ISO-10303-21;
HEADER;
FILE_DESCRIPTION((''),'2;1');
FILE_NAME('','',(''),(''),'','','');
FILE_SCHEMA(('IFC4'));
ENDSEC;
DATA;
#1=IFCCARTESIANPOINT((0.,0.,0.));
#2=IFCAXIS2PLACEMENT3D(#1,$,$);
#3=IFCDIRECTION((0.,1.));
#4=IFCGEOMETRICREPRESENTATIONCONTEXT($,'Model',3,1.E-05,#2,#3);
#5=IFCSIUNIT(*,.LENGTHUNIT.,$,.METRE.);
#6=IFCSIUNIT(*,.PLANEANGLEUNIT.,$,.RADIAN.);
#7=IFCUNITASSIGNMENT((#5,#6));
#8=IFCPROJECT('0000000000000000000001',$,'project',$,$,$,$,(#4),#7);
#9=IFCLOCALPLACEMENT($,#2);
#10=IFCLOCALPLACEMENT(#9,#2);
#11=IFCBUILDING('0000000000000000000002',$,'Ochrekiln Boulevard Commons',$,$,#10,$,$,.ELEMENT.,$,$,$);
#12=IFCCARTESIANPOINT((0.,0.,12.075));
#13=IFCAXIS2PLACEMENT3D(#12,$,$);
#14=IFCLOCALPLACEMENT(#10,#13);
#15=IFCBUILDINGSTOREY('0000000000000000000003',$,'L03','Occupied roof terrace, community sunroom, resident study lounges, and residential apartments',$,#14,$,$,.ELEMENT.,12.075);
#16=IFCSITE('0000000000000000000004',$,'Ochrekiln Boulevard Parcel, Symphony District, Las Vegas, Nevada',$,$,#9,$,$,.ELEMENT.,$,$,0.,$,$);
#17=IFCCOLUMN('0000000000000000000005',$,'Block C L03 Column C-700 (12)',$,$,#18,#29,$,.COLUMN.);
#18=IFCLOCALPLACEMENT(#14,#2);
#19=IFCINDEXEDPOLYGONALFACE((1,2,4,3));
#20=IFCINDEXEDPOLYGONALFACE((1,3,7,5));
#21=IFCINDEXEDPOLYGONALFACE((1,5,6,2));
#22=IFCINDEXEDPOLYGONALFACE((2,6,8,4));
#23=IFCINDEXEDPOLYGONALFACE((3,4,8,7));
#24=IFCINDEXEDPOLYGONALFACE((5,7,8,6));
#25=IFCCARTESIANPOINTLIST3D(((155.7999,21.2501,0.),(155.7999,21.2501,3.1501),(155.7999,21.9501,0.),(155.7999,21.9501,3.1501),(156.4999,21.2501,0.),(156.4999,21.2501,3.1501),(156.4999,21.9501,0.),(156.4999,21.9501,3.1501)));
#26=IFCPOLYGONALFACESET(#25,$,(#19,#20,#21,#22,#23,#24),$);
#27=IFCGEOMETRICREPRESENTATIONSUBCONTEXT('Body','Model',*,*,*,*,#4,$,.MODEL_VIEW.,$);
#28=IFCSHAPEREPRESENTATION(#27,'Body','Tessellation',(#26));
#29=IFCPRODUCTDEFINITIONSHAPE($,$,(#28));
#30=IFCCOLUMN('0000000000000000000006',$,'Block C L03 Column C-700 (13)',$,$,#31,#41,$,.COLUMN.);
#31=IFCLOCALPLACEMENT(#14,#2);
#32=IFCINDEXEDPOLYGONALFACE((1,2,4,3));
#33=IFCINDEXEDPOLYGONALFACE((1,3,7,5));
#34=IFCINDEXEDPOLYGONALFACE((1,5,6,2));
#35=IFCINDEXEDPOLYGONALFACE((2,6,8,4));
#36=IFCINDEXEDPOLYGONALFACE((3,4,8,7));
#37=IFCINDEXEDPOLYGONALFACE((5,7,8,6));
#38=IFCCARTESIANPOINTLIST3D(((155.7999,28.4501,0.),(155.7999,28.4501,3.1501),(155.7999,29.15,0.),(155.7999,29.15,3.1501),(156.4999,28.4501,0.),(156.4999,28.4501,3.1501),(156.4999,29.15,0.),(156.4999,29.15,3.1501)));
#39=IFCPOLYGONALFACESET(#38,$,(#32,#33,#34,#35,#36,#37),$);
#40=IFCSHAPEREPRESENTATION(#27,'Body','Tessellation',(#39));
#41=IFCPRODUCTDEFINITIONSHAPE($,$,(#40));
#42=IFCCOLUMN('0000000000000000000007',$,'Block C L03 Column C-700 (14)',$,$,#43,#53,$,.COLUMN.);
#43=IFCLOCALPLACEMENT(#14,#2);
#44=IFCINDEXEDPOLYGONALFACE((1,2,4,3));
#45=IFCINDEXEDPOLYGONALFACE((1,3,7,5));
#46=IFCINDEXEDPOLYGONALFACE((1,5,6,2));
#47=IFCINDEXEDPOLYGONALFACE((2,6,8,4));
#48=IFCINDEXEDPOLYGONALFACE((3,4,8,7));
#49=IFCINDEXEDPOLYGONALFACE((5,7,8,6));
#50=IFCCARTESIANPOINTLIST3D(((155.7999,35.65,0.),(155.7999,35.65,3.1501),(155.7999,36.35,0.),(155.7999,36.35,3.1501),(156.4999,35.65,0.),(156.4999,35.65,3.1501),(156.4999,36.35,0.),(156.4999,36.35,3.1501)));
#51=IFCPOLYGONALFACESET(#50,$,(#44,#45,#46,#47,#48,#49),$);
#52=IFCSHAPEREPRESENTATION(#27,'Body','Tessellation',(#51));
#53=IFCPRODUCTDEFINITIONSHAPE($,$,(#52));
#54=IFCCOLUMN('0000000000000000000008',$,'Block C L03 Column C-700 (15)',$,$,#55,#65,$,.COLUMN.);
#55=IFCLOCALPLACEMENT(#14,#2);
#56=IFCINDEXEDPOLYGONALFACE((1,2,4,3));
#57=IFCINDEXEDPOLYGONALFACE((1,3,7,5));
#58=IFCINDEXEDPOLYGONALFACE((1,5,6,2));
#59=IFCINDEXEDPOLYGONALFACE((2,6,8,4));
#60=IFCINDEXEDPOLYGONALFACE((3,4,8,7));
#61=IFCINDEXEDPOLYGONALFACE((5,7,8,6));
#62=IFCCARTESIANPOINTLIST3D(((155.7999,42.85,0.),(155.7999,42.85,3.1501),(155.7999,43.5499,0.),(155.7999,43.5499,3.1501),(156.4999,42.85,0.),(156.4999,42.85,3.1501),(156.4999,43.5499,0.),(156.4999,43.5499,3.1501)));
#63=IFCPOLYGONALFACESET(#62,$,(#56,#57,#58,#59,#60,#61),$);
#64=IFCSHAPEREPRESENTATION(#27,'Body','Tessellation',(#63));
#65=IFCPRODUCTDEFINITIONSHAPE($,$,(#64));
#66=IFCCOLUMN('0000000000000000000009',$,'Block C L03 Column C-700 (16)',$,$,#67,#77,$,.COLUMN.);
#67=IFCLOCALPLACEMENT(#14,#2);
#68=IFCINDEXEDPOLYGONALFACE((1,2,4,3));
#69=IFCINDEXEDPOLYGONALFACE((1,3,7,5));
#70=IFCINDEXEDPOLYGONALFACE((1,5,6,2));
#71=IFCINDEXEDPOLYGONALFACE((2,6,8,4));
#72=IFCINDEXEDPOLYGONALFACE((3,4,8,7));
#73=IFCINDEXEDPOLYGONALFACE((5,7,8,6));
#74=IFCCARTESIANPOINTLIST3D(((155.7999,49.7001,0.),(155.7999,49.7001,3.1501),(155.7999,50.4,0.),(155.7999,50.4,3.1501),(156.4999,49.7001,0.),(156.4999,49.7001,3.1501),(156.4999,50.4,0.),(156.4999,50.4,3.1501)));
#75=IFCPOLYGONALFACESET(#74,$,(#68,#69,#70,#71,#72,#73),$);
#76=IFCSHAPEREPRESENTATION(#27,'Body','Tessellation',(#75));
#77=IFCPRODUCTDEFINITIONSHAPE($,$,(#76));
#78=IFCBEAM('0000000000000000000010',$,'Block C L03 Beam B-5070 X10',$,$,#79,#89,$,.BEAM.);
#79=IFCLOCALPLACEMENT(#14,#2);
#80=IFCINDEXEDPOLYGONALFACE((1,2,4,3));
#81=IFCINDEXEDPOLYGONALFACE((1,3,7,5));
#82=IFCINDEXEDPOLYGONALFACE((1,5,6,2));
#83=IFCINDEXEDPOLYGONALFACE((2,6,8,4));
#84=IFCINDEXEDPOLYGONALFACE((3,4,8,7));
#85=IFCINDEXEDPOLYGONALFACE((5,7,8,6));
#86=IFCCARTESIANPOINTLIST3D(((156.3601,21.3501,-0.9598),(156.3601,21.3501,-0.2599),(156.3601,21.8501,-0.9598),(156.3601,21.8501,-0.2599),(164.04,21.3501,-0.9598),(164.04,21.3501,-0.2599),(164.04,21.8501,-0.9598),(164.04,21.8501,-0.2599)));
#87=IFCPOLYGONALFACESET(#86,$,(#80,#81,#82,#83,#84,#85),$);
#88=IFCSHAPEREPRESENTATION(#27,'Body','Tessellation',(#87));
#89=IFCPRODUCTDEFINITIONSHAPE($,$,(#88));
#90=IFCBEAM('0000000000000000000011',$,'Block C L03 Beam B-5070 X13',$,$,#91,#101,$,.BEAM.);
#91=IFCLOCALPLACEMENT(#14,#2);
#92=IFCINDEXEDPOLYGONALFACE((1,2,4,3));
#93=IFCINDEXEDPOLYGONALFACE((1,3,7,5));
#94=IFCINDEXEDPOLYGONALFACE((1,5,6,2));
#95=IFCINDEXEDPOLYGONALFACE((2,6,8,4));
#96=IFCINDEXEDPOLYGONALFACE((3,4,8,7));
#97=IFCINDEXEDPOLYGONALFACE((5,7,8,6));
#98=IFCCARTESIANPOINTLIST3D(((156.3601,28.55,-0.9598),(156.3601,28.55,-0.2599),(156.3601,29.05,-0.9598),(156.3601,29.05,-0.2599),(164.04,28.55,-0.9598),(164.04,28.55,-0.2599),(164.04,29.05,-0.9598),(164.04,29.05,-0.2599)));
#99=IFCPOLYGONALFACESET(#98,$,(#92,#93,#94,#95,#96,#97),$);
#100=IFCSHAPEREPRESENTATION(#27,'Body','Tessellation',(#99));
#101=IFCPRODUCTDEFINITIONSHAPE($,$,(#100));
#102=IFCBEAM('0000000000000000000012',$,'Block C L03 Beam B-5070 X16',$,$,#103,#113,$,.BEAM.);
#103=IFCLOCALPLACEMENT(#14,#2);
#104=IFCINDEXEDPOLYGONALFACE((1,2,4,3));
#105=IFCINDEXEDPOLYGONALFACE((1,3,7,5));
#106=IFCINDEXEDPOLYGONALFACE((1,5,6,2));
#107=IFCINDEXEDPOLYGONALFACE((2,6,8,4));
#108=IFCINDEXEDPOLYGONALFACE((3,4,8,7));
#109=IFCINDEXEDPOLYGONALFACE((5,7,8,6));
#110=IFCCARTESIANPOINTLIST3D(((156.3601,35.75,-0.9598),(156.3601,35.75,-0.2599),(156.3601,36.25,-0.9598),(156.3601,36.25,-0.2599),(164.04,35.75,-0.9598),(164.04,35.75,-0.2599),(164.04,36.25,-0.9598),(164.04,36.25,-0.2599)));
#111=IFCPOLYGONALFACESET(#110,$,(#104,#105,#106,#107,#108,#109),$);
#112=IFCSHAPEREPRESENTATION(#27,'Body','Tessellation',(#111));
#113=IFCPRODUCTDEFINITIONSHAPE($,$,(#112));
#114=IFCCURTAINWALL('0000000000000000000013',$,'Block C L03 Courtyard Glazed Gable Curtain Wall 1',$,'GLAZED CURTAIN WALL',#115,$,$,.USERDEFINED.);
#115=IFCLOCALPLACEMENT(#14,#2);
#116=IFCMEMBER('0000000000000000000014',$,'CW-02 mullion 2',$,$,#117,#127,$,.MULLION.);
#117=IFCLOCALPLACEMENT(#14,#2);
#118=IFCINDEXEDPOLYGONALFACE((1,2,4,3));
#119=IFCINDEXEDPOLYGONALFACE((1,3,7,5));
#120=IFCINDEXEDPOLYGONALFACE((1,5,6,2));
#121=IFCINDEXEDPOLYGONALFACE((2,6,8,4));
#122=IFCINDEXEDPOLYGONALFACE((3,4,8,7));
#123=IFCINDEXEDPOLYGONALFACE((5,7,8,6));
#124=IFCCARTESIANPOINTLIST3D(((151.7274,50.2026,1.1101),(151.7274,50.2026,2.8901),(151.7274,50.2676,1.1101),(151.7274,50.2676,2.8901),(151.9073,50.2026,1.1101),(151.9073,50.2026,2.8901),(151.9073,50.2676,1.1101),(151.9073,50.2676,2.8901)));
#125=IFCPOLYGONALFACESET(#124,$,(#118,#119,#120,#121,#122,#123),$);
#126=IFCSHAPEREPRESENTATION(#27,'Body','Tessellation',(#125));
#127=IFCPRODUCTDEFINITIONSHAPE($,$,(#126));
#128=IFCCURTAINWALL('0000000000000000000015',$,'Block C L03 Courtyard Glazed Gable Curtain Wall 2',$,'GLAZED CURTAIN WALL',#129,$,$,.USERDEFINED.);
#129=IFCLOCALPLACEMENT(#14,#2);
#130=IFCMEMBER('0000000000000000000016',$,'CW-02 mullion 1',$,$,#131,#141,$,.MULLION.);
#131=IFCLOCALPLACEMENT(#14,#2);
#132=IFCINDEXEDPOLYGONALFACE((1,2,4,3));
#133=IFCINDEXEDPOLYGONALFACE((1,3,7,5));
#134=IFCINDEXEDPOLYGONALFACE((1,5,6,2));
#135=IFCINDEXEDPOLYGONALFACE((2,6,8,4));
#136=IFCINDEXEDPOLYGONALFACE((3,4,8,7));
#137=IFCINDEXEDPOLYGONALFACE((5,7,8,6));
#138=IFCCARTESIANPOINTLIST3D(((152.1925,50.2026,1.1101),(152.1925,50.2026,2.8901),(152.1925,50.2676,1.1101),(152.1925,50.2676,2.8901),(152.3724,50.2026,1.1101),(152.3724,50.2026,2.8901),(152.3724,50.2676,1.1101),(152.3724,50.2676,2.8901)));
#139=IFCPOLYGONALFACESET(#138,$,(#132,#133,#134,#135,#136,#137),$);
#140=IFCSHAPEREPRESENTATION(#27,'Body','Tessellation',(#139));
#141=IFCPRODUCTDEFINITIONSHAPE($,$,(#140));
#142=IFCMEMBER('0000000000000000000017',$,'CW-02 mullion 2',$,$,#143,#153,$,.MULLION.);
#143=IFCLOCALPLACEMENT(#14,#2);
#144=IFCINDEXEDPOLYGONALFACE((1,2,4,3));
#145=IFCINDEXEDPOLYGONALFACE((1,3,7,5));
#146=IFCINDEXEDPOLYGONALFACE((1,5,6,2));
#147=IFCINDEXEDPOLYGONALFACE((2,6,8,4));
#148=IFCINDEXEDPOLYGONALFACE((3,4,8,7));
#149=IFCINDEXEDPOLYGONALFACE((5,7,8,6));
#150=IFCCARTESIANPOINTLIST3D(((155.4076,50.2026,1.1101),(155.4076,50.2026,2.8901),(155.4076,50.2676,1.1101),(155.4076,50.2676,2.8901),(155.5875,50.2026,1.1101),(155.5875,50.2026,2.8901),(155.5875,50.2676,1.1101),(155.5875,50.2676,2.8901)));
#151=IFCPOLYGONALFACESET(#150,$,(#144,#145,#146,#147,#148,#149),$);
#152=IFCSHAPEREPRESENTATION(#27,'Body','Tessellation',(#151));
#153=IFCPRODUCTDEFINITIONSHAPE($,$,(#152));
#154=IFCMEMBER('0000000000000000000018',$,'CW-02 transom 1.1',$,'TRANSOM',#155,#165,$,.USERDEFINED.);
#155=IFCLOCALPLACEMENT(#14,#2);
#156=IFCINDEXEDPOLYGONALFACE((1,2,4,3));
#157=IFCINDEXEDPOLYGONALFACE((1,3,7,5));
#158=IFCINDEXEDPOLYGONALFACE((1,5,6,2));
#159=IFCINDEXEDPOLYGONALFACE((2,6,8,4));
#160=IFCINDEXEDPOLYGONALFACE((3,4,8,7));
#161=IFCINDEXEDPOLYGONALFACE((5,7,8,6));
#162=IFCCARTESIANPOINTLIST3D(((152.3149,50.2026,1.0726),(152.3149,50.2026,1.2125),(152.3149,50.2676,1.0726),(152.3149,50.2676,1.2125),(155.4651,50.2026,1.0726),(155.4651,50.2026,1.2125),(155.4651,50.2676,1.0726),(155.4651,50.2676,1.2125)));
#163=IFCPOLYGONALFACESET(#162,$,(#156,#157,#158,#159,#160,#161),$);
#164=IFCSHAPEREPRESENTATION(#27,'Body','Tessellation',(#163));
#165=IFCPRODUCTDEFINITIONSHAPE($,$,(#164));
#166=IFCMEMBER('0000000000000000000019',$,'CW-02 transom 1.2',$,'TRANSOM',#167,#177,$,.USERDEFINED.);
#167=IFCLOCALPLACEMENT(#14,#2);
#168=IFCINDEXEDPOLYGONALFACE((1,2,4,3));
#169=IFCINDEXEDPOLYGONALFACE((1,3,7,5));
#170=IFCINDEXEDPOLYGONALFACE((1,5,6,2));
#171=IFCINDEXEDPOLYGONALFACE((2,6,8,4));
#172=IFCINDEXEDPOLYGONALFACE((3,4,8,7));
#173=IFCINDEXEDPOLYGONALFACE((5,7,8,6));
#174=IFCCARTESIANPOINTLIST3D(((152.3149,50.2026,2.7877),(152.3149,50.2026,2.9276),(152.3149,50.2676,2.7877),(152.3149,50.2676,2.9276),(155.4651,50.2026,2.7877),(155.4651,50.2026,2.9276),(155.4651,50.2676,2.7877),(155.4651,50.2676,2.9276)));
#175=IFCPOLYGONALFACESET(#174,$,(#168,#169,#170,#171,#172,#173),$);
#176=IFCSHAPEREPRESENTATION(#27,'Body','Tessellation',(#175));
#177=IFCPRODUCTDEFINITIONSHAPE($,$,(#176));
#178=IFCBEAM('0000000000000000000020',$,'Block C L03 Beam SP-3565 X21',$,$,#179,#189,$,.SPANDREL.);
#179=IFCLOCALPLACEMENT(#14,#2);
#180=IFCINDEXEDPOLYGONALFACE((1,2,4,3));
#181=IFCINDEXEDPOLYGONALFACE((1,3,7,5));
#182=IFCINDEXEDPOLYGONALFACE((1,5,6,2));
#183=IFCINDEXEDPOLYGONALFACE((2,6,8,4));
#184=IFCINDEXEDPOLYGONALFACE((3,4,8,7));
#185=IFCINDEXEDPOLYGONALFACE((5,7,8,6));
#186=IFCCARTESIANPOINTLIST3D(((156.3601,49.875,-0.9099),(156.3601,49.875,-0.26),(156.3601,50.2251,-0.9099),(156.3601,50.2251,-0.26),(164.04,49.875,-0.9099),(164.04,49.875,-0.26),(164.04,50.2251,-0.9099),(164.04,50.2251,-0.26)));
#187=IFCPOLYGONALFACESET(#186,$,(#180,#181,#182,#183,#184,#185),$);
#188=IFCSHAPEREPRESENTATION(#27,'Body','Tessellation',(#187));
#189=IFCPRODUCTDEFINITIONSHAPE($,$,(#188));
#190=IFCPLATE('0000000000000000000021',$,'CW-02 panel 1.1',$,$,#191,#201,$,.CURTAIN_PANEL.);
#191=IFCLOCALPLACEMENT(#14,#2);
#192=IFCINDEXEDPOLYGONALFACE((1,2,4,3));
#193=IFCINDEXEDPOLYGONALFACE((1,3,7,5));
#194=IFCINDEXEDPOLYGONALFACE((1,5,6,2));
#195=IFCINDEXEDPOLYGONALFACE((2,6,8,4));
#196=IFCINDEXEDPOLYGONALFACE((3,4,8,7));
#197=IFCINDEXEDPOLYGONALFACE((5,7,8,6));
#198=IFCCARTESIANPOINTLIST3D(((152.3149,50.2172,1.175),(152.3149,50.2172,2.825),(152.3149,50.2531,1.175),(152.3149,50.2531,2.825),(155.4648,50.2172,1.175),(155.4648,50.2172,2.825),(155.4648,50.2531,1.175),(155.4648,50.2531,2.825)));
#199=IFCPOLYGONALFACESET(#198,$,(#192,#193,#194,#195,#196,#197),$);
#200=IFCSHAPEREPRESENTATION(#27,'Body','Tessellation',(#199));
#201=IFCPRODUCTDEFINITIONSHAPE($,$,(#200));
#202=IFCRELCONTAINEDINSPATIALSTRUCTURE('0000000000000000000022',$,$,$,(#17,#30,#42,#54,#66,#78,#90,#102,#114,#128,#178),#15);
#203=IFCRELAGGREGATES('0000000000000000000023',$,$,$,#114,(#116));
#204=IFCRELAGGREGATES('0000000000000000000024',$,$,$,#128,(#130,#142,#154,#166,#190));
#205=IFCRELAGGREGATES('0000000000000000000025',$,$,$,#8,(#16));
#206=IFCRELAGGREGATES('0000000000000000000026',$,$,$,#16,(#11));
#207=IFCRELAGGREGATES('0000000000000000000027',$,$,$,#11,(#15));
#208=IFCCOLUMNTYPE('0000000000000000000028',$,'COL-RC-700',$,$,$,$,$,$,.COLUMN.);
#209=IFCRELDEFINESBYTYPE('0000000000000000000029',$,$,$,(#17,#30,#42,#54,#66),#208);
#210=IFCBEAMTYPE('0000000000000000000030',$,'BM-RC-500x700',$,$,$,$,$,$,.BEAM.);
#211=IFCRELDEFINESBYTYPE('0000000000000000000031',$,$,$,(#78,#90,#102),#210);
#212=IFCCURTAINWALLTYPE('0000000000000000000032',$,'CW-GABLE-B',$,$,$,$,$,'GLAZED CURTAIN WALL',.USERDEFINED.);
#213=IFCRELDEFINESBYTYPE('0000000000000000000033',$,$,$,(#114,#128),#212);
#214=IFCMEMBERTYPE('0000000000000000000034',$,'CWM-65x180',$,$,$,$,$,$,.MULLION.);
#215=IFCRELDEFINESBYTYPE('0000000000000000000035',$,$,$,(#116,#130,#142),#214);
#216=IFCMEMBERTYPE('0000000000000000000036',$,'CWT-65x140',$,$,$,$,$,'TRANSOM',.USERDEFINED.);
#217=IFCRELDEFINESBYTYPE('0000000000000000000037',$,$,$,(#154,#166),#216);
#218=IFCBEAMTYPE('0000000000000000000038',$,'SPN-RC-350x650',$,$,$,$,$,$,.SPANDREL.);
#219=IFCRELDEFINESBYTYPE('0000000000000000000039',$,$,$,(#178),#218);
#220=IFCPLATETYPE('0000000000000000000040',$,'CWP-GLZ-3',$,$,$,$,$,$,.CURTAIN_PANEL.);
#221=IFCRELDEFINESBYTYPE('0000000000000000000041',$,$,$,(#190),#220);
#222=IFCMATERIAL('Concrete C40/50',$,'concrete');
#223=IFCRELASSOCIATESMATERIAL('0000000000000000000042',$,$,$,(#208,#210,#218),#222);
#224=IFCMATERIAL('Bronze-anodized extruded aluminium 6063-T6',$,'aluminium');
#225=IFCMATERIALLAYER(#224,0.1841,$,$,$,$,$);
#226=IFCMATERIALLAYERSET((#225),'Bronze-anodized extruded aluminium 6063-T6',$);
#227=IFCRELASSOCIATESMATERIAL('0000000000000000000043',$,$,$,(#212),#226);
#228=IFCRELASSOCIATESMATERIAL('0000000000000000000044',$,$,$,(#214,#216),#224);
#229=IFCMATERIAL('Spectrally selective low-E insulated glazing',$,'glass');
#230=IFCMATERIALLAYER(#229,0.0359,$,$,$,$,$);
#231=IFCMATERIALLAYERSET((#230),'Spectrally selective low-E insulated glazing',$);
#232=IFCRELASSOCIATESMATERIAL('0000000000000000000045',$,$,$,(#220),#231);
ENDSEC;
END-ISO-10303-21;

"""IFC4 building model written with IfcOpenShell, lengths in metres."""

from ifc_helpers import new_model, si_unit, direction, frame, origin, origin_2d, place, context, subcontext, project, spatial, rectangle, extrude, material, layer, layer_set, material_profile, profile_set, type_object, element, aggregate, save


model = new_model("IFC4")

# Units and contexts
model_context = context("Model", 3, precision=1e-05, world=origin(), true_north=direction((0.0, 1.0)))
body_context = subcontext(model_context, "Body", "Model", "MODEL_VIEW")
ifc_project = project(units=[si_unit("LENGTHUNIT", "METRE"), si_unit("PLANEANGLEUNIT", "RADIAN")], contexts=[model_context])

# Site, building, storey
site_placement = place(None, origin())
site = spatial("IfcSite", under=ifc_project, at=site_placement, Name="Ochrekiln Boulevard Parcel, Symphony District, Las Vegas, Nevada", CompositionType="ELEMENT", RefElevation=0.0)
building_placement = place(site_placement, origin())
building = spatial("IfcBuilding", under=site, at=building_placement, Name="Ochrekiln Boulevard Commons", CompositionType="ELEMENT")
storey_placement = place(building_placement, frame((0.0, 0.0, 12.075)))
storey = spatial("IfcBuildingStorey", under=building, at=storey_placement, Name="L03", Description="Occupied roof terrace, community sunroom, resident study lounges, and residential apartments", CompositionType="ELEMENT", Elevation=12.075)

# Columns
ifc_material_1 = material(Name="Concrete C40/50", Category="concrete")
ifc_material_profile_1 = material_profile(ifc_material_1, rectangle(XDim=0.7, YDim=0.7, at=origin_2d()), Name="RC-COL-700x700")
ifc_profile_set_1 = profile_set([ifc_material_profile_1], Name="Concrete C40/50")
column_type = type_object("IfcColumnType", Name="COL-RC-700", PredefinedType="COLUMN", material=ifc_profile_set_1)
for number, where, z_axis, x_axis, name in (
    (1, (156.1499, 21.6001, 0.0), (0.0, 0.0, 1.0), (1.0, 0.0, 0.0), "Block C L03 Column C-700 (12)"),
    (2, (156.1499, 28.8, 0.0), (0.0, 0.0, 1.0), (1.0, 0.0, 0.0), "Block C L03 Column C-700 (13)"),
    (3, (156.1499, 36.0, 0.0), (0.0, 0.0, 1.0), (1.0, 0.0, 0.0), "Block C L03 Column C-700 (14)"),
    (4, (156.1499, 43.2, 0.0), (0.0, 0.0, 1.0), (1.0, 0.0, 0.0), "Block C L03 Column C-700 (15)"),
    (5, (156.1499, 50.05, 0.0), (0.0, 0.0, 1.0), (1.0, 0.0, 0.0), "Block C L03 Column C-700 (16)"),
):
    element("IfcColumn", number, at=place(storey_placement, frame(where, z_axis=z_axis, x_axis=x_axis)), inside=storey, type_object=column_type, Name=name, PredefinedType="COLUMN", context=body_context, shape_type="SweptSolid", body=[
        extrude(rectangle(XDim=0.7, YDim=0.7, at=origin_2d()), origin(), (0.0, 0.0, 1.0), 3.1501),
    ])

# Beams
ifc_material_profile_2 = material_profile(ifc_material_1, rectangle(XDim=0.5, YDim=0.7, at=origin_2d()), Name="RC-BM-500x700")
ifc_profile_set_2 = profile_set([ifc_material_profile_2], Name="Concrete C40/50")
beam_type_1 = type_object("IfcBeamType", Name="BM-RC-500x700", PredefinedType="BEAM", material=ifc_profile_set_2)
for number, where, z_axis, x_axis, name in (
    (6, (156.3601, 21.6001, -0.6099), (1.0, 0.0, 0.0), (0.0, 1.0, 0.0), "Block C L03 Beam B-5070 X10"),
    (7, (156.3601, 28.8, -0.6099), (1.0, 0.0, 0.0), (0.0, 1.0, 0.0), "Block C L03 Beam B-5070 X13"),
    (8, (156.3601, 36.0, -0.6099), (1.0, 0.0, 0.0), (0.0, 1.0, 0.0), "Block C L03 Beam B-5070 X16"),
):
    element("IfcBeam", number, at=place(storey_placement, frame(where, z_axis=z_axis, x_axis=x_axis)), inside=storey, type_object=beam_type_1, Name=name, PredefinedType="BEAM", context=body_context, shape_type="SweptSolid", body=[
        extrude(rectangle(XDim=0.5, YDim=0.7, at=origin_2d()), origin(), (0.0, 0.0, 1.0), 7.6799),
    ])

# Curtain wall, member
ifc_material_2 = material(Name="Bronze-anodized extruded aluminium 6063-T6", Category="aluminium")
ifc_layer_1 = layer(ifc_material_2, 0.1841)
ifc_layer_set_1 = layer_set([ifc_layer_1], Name="Bronze-anodized extruded aluminium 6063-T6")
curtain_wall_type = type_object("IfcCurtainWallType", Name="CW-GABLE-B", ElementType="GLAZED CURTAIN WALL", PredefinedType="USERDEFINED", material=ifc_layer_set_1)
curtain_wall_1_placement = place(storey_placement, origin())
curtain_wall_1 = element("IfcCurtainWall", 9, at=curtain_wall_1_placement, inside=storey, type_object=curtain_wall_type, Name="Block C L03 Courtyard Glazed Gable Curtain Wall 1", ObjectType="GLAZED CURTAIN WALL", PredefinedType="USERDEFINED")
ifc_material_profile_3 = material_profile(ifc_material_2, rectangle(XDim=0.0649, YDim=0.1799, at=origin_2d()), Name="ALU-MUL-65x180")
ifc_profile_set_3 = profile_set([ifc_material_profile_3], Name="Bronze-anodized extruded aluminium 6063-T6")
member_type_1 = type_object("IfcMemberType", Name="CWM-65x180", PredefinedType="MULLION", material=ifc_profile_set_3)
member_1_placement = place(storey_placement, frame((151.8174, 50.2351, 1.1101), z_axis=(0.0, 0.0, 1.0), x_axis=(0.0, 1.0, 0.0)))
member_1 = element("IfcMember", 10, at=member_1_placement, type_object=member_type_1, Name="CW-02 mullion 2", PredefinedType="MULLION", context=body_context, shape_type="SweptSolid", body=[
    extrude(rectangle(XDim=0.0649, YDim=0.1799, at=origin_2d()), origin(), (0.0, 0.0, 1.0), 1.78),
])
aggregate(curtain_wall_1, [member_1])

# Curtain wall, members
curtain_wall_2_placement = place(storey_placement, origin())
curtain_wall_2 = element("IfcCurtainWall", 11, at=curtain_wall_2_placement, inside=storey, type_object=curtain_wall_type, Name="Block C L03 Courtyard Glazed Gable Curtain Wall 2", ObjectType="GLAZED CURTAIN WALL", PredefinedType="USERDEFINED")
member_2_placement = place(storey_placement, frame((152.2825, 50.2351, 1.1101), z_axis=(0.0, 0.0, 1.0), x_axis=(0.0, 1.0, 0.0)))
member_2 = element("IfcMember", 12, at=member_2_placement, type_object=member_type_1, Name="CW-02 mullion 1", PredefinedType="MULLION", context=body_context, shape_type="SweptSolid", body=[
    extrude(rectangle(XDim=0.0649, YDim=0.1799, at=origin_2d()), origin(), (0.0, 0.0, 1.0), 1.78),
])
member_3_placement = place(storey_placement, frame((155.4976, 50.2351, 1.1101), z_axis=(0.0, 0.0, 1.0), x_axis=(0.0, 1.0, 0.0)))
member_3 = element("IfcMember", 13, at=member_3_placement, type_object=member_type_1, Name="CW-02 mullion 2", PredefinedType="MULLION", context=body_context, shape_type="SweptSolid", body=[
    extrude(rectangle(XDim=0.0649, YDim=0.1799, at=origin_2d()), origin(), (0.0, 0.0, 1.0), 1.78),
])
ifc_material_profile_4 = material_profile(ifc_material_2, rectangle(XDim=0.0649, YDim=0.1399, at=origin_2d()), Name="ALU-TRN-65x140")
ifc_profile_set_4 = profile_set([ifc_material_profile_4], Name="Bronze-anodized extruded aluminium 6063-T6")
member_type_2 = type_object("IfcMemberType", Name="CWT-65x140", ElementType="TRANSOM", PredefinedType="USERDEFINED", material=ifc_profile_set_4)
member_4_placement = place(storey_placement, frame((152.3149, 50.2351, 1.1426), z_axis=(1.0, 0.0, 0.0), x_axis=(0.0, 1.0, 0.0)))
member_4 = element("IfcMember", 14, at=member_4_placement, type_object=member_type_2, Name="CW-02 transom 1.1", ObjectType="TRANSOM", PredefinedType="USERDEFINED", context=body_context, shape_type="SweptSolid", body=[
    extrude(rectangle(XDim=0.0649, YDim=0.1399, at=origin_2d()), origin(), (0.0, 0.0, 1.0), 3.1501),
])
member_5_placement = place(storey_placement, frame((152.3149, 50.2351, 2.8577), z_axis=(1.0, 0.0, 0.0), x_axis=(0.0, 1.0, 0.0)))
member_5 = element("IfcMember", 15, at=member_5_placement, type_object=member_type_2, Name="CW-02 transom 1.2", ObjectType="TRANSOM", PredefinedType="USERDEFINED", context=body_context, shape_type="SweptSolid", body=[
    extrude(rectangle(XDim=0.0649, YDim=0.1399, at=origin_2d()), origin(), (0.0, 0.0, 1.0), 3.1501),
])

# Beam
ifc_material_profile_5 = material_profile(ifc_material_1, rectangle(XDim=0.3501, YDim=0.6499, at=origin_2d()), Name="RC-SPN-350x650")
ifc_profile_set_5 = profile_set([ifc_material_profile_5], Name="Concrete C40/50")
beam_type_2 = type_object("IfcBeamType", Name="SPN-RC-350x650", PredefinedType="SPANDREL", material=ifc_profile_set_5)
beam_placement = place(storey_placement, frame((156.3601, 50.05, -0.585), z_axis=(1.0, 0.0, 0.0), x_axis=(0.0, 1.0, 0.0)))
element("IfcBeam", 16, at=beam_placement, inside=storey, type_object=beam_type_2, Name="Block C L03 Beam SP-3565 X21", PredefinedType="SPANDREL", context=body_context, shape_type="SweptSolid", body=[
    extrude(rectangle(XDim=0.3501, YDim=0.6499, at=origin_2d()), origin(), (0.0, 0.0, 1.0), 7.6799),
])

# Plate
ifc_material_3 = material(Name="Spectrally selective low-E insulated glazing", Category="glass")
ifc_layer_2 = layer(ifc_material_3, 0.0359)
ifc_layer_set_2 = layer_set([ifc_layer_2], Name="Spectrally selective low-E insulated glazing")
plate_type_1 = type_object("IfcPlateType", Name="CWP-GLZ-3", PredefinedType="CURTAIN_PANEL", material=ifc_layer_set_2)
plate_placement = place(storey_placement, frame((153.8899, 50.2351, 1.175), z_axis=(0.0, 0.0, 1.0), x_axis=(1.0, 0.0, 0.0)))
plate = element("IfcPlate", 17, at=plate_placement, type_object=plate_type_1, Name="CW-02 panel 1.1", PredefinedType="CURTAIN_PANEL", context=body_context, shape_type="SweptSolid", body=[
    extrude(rectangle(XDim=3.1499, YDim=0.0359, at=origin_2d()), origin(), (0.0, 0.0, 1.0), 1.6499),
])
aggregate(curtain_wall_2, [member_2, member_3, member_4, member_5, plate])

save(model, "model.ifc")
